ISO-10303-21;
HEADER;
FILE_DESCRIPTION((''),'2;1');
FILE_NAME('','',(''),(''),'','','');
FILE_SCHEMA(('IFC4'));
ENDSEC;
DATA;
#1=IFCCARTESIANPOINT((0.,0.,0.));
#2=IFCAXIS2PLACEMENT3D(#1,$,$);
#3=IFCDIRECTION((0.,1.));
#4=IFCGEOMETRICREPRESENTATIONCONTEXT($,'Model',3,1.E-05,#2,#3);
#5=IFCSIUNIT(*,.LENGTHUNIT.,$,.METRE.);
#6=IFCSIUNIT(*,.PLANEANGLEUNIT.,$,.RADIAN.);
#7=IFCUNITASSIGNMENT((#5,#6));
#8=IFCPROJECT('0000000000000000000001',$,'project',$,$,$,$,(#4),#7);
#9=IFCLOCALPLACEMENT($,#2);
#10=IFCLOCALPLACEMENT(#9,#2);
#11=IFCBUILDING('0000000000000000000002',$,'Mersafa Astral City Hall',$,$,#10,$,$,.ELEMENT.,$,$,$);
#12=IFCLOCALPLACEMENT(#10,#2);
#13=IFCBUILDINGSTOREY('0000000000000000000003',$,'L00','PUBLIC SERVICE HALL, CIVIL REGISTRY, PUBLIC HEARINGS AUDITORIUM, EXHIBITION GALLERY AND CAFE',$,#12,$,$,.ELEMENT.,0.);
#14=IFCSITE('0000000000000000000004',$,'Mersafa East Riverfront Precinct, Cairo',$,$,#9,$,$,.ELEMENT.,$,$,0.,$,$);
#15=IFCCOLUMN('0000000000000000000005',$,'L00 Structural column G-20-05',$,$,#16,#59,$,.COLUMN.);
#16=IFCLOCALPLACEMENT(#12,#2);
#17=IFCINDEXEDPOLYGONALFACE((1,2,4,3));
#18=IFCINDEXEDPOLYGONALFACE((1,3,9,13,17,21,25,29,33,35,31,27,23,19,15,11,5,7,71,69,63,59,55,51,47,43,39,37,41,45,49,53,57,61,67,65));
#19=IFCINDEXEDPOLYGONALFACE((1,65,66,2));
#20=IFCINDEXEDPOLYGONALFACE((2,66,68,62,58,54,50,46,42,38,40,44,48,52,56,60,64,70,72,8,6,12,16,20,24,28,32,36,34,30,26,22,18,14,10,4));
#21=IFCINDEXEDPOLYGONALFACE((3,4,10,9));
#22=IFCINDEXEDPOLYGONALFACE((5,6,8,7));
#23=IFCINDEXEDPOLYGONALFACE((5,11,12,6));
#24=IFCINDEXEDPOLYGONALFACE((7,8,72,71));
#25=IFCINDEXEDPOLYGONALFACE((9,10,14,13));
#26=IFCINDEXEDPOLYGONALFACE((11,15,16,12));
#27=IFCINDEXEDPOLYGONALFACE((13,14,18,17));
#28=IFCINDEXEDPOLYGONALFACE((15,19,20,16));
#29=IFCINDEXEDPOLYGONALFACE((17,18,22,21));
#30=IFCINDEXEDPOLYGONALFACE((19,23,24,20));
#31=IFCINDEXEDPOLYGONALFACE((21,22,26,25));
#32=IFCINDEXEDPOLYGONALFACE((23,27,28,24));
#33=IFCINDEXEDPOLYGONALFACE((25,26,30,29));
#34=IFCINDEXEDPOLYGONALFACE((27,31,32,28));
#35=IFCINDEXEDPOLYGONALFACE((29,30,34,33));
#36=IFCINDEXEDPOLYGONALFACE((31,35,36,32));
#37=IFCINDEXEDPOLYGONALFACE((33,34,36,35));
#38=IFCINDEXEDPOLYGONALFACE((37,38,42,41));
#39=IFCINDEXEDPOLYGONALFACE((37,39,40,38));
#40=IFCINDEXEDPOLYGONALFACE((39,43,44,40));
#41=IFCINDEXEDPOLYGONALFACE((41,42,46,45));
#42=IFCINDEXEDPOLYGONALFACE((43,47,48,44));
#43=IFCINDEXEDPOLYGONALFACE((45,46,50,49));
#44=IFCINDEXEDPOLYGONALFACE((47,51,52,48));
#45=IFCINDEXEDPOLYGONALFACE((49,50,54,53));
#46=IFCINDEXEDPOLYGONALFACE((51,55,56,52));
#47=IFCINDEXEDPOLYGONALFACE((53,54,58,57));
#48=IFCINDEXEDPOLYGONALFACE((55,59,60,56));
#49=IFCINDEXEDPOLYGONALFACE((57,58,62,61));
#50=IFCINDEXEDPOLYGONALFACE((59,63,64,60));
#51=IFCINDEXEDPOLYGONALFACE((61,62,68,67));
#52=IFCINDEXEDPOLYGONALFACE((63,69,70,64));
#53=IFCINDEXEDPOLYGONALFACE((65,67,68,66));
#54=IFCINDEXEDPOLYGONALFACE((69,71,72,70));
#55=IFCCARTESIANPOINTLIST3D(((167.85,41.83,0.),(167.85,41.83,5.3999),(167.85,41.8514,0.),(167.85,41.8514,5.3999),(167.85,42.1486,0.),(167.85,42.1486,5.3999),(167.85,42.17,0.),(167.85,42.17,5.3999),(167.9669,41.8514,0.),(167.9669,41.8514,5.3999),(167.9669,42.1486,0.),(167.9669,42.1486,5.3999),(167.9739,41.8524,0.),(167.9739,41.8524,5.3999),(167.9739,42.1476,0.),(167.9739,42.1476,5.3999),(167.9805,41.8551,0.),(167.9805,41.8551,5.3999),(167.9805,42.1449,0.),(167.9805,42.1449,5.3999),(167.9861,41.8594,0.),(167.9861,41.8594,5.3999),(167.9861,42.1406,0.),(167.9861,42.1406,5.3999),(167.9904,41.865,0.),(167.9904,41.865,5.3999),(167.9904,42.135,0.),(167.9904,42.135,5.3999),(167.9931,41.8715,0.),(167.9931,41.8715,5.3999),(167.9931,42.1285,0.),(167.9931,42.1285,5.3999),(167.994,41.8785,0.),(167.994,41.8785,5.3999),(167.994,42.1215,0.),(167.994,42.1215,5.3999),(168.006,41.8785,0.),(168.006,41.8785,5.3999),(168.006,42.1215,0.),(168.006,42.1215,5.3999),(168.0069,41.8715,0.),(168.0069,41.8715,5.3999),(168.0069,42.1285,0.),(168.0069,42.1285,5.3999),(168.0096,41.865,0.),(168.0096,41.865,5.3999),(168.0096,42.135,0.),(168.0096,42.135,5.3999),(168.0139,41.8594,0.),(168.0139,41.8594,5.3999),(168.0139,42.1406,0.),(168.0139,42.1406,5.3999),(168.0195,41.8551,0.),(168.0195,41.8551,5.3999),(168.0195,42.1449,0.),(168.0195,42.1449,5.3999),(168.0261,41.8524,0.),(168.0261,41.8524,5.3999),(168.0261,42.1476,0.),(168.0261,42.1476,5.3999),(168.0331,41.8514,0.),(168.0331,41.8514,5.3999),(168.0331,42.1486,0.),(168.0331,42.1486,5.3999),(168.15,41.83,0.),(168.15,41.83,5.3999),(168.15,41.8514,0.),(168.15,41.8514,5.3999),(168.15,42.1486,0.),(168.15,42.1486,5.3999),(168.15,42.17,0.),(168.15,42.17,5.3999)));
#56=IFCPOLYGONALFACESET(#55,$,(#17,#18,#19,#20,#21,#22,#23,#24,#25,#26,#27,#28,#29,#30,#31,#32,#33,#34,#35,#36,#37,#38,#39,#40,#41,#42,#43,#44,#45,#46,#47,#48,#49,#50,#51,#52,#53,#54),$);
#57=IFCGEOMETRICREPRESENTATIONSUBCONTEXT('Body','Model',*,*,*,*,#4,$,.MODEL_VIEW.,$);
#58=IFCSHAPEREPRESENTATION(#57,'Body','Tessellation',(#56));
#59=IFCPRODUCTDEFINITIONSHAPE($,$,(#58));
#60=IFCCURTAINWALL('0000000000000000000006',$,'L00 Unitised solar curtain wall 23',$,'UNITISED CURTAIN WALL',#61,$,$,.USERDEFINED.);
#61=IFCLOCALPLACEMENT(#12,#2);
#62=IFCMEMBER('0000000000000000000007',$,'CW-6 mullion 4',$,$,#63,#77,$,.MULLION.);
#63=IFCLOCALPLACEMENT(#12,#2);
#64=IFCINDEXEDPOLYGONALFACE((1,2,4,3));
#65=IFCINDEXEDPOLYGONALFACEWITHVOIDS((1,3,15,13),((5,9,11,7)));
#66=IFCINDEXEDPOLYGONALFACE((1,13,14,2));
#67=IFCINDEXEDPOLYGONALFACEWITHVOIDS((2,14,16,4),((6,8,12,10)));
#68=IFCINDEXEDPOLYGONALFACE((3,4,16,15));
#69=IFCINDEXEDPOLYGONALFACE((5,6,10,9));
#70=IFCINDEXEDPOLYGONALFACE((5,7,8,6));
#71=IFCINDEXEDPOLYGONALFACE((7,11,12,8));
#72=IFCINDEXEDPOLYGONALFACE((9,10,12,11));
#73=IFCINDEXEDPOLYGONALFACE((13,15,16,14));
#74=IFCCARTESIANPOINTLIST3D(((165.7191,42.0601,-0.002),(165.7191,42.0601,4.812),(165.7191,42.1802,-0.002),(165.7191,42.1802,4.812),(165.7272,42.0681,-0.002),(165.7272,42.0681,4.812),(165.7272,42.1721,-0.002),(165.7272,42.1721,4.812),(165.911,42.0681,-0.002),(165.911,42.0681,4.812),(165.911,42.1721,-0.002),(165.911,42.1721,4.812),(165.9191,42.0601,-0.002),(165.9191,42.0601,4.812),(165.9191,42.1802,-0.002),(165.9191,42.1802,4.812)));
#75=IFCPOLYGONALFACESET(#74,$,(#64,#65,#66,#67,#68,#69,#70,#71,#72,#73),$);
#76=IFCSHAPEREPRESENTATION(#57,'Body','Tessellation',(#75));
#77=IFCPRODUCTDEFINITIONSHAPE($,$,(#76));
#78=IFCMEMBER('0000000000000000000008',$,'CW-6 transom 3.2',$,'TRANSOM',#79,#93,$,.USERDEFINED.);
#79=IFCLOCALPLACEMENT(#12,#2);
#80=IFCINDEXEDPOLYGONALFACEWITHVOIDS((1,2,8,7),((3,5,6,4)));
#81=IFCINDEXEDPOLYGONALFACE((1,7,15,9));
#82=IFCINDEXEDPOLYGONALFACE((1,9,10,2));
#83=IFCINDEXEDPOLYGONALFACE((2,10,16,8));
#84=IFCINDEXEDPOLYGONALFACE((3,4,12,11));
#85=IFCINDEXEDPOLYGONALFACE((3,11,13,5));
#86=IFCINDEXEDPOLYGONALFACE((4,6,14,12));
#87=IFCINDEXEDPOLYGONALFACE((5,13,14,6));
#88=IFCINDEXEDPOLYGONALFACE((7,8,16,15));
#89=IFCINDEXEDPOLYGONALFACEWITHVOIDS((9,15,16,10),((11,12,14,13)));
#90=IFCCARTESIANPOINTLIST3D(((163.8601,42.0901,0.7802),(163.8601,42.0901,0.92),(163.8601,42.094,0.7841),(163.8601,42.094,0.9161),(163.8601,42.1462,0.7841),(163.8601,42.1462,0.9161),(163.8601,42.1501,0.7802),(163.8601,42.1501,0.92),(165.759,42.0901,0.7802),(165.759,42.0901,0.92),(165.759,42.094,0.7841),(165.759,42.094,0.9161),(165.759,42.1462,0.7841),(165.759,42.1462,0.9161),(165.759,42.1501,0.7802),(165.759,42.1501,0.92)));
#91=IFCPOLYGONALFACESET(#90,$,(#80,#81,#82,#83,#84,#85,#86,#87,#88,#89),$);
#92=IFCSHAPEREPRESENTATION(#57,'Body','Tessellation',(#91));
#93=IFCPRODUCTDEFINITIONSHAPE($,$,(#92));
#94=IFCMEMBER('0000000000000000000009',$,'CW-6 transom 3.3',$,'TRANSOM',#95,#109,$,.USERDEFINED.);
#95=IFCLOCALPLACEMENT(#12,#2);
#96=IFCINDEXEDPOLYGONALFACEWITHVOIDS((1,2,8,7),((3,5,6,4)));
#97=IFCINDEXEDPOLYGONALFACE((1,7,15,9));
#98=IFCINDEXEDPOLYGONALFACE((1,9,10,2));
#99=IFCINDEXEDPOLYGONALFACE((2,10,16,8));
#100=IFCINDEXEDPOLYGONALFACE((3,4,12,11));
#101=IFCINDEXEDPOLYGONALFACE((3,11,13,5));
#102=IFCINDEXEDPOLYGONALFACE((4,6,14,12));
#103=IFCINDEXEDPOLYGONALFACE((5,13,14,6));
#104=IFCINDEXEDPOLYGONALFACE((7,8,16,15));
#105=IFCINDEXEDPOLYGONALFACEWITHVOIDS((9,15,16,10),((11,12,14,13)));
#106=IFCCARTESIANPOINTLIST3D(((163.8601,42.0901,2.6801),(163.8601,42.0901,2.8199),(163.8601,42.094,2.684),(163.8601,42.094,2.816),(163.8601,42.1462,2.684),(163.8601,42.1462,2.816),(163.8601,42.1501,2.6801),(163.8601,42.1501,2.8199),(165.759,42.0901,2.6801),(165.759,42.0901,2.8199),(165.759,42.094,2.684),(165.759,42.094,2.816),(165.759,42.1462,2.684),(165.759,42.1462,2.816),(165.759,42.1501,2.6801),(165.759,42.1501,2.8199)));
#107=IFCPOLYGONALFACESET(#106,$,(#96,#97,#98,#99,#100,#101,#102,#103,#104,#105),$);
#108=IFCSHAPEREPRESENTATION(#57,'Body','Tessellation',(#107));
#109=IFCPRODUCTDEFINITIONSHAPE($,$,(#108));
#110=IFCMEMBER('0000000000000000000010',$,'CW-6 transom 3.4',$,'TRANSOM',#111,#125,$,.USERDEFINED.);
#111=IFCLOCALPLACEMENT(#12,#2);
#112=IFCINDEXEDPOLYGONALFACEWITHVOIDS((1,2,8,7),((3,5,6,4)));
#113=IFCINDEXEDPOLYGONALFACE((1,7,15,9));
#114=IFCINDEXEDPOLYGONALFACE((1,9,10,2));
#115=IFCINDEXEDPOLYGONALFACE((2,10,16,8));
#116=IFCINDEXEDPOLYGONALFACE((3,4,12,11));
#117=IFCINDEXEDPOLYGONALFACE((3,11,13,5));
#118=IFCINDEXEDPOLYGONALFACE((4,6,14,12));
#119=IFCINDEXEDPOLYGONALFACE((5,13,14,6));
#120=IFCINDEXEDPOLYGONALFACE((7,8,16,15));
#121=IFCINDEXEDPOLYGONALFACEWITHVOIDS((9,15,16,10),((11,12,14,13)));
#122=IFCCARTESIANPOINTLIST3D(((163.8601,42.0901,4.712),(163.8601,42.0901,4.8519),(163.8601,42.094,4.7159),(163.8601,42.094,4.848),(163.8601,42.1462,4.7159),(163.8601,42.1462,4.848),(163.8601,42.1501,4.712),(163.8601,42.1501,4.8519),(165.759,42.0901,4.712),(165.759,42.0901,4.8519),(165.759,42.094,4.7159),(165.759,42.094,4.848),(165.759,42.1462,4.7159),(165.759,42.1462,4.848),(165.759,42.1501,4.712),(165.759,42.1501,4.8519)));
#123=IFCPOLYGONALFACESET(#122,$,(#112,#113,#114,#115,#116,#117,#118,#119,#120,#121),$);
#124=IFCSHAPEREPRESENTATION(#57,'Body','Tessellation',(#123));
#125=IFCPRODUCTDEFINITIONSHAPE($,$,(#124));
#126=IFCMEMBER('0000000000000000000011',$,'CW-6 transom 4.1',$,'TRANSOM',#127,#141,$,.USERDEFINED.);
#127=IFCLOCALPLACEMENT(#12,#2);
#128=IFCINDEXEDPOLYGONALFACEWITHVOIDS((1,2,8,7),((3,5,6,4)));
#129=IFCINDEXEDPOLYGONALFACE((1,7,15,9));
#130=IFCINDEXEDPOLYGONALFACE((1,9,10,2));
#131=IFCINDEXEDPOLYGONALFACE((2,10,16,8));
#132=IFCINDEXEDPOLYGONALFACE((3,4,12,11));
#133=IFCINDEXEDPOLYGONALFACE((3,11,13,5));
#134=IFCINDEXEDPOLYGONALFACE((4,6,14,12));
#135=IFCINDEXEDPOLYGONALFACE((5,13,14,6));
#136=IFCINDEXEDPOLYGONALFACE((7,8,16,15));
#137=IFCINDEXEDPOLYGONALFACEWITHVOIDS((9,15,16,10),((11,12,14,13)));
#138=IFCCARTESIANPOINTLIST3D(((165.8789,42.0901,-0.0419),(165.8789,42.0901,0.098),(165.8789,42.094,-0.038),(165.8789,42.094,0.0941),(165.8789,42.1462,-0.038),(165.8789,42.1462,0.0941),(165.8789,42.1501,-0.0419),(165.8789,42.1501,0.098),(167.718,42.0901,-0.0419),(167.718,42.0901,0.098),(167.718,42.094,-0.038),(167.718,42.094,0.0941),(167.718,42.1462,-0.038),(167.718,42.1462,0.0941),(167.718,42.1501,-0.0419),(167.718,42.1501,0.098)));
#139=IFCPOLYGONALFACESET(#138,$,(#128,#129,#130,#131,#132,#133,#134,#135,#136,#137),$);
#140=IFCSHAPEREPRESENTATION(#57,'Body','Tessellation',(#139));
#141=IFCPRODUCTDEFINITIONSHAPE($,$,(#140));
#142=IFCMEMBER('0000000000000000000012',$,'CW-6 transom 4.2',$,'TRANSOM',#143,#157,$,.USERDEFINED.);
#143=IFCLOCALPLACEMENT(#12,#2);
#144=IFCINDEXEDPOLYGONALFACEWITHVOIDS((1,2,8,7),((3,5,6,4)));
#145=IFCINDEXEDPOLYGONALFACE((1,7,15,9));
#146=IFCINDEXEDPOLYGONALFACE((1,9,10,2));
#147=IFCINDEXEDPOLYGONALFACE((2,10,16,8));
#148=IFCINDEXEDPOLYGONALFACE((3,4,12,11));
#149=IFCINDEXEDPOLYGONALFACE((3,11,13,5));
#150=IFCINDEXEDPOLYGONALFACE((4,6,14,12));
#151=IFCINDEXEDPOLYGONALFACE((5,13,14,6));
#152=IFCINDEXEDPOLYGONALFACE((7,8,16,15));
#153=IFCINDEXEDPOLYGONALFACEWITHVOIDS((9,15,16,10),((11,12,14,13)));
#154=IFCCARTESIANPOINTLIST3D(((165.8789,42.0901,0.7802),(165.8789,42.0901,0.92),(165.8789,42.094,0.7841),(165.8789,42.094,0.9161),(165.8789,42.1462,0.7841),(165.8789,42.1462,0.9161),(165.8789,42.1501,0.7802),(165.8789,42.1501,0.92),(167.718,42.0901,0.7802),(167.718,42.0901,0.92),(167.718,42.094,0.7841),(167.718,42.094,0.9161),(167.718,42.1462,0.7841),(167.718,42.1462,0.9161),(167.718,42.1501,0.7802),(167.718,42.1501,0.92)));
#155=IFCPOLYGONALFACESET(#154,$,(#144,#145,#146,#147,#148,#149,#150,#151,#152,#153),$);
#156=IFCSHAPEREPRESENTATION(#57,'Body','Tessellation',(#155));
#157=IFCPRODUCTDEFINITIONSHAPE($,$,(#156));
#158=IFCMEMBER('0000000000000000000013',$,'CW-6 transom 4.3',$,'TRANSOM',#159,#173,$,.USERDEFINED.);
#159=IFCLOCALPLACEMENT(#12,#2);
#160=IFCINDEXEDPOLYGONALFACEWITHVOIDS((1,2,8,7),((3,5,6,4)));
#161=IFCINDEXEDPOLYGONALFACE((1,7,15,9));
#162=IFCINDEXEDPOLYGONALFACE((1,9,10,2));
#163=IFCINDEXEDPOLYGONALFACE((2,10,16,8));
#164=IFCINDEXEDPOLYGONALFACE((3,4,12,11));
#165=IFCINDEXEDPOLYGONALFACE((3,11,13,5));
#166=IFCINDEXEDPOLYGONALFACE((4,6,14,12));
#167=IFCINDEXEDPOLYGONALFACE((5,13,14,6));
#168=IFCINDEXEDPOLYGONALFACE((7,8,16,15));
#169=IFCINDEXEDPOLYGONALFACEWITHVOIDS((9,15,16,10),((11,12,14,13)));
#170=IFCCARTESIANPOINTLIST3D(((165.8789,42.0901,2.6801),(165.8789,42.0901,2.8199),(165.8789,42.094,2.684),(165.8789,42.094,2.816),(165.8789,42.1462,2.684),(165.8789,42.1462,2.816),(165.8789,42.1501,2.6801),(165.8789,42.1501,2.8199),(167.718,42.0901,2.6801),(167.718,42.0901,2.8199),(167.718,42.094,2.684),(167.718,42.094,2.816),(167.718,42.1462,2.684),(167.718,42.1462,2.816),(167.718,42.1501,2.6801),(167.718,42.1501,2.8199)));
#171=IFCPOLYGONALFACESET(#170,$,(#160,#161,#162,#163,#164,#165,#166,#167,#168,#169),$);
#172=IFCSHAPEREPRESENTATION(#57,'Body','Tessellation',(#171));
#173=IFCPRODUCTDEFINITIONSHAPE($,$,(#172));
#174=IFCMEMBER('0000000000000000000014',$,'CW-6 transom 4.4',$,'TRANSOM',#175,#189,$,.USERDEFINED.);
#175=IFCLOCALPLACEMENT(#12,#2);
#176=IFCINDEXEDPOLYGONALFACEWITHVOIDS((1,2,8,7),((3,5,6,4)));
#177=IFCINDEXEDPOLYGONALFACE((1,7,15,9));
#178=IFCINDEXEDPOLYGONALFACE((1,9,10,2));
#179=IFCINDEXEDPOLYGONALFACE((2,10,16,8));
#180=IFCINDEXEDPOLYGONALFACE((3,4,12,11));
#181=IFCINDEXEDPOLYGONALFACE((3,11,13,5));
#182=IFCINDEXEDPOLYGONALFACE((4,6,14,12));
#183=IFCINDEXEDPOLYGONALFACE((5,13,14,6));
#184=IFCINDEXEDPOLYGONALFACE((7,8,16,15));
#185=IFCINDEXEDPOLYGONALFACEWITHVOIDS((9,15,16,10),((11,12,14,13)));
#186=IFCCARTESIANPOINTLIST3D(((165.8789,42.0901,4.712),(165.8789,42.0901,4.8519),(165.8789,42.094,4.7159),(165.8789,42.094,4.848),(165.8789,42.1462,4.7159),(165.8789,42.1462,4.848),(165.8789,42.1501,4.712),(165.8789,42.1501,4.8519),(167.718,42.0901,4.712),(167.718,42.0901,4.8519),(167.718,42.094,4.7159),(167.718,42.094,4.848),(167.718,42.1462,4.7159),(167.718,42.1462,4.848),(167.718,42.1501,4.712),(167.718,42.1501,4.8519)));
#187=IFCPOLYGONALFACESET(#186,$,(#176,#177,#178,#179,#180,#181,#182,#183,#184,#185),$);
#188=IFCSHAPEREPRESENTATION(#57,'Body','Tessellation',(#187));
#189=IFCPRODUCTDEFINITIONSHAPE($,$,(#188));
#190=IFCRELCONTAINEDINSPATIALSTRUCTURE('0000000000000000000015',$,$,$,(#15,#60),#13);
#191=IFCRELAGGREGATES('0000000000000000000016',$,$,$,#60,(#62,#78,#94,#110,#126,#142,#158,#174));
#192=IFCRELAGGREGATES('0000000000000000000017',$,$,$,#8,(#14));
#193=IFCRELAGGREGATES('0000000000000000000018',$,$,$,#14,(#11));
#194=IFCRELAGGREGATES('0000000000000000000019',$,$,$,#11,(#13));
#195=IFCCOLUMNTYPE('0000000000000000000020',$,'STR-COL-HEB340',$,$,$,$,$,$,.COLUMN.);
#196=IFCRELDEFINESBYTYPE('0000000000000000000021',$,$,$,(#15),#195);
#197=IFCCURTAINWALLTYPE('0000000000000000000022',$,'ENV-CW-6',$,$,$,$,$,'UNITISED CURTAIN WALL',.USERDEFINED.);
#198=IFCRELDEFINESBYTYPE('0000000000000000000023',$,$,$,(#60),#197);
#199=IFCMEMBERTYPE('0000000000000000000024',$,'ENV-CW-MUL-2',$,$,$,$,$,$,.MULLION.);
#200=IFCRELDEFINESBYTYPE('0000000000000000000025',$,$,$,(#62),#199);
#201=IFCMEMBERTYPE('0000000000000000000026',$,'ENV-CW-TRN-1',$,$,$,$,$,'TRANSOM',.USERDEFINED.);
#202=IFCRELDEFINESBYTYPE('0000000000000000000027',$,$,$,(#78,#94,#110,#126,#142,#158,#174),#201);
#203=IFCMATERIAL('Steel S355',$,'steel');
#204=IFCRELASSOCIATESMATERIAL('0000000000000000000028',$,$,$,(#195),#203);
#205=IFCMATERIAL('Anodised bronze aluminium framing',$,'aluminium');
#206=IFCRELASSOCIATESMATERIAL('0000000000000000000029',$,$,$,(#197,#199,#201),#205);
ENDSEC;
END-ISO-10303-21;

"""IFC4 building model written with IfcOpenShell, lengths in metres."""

from ifc_helpers import new_model, si_unit, direction, frame, origin, origin_2d, place, context, subcontext, project, spatial, hollow_rectangle, i_section, extrude, material, material_profile, profile_set, type_object, element, aggregate, save


model = new_model("IFC4")

# Units and contexts
model_context = context("Model", 3, precision=1e-05, world=origin(), true_north=direction((0.0, 1.0)))
body_context = subcontext(model_context, "Body", "Model", "MODEL_VIEW")
ifc_project = project(units=[si_unit("LENGTHUNIT", "METRE"), si_unit("PLANEANGLEUNIT", "RADIAN")], contexts=[model_context])

# Site, building, storey
site_placement = place(None, origin())
site = spatial("IfcSite", under=ifc_project, at=site_placement, Name="Mersafa East Riverfront Precinct, Cairo", CompositionType="ELEMENT", RefElevation=0.0)
building_placement = place(site_placement, origin())
building = spatial("IfcBuilding", under=site, at=building_placement, Name="Mersafa Astral City Hall", CompositionType="ELEMENT")
storey_placement = place(building_placement, origin())
storey = spatial("IfcBuildingStorey", under=building, at=storey_placement, Name="L00", Description="PUBLIC SERVICE HALL, CIVIL REGISTRY, PUBLIC HEARINGS AUDITORIUM, EXHIBITION GALLERY AND CAFE", CompositionType="ELEMENT", Elevation=0.0)

# Column
ifc_material_1 = material(Name="Steel S355", Category="steel")
ifc_material_profile_1 = material_profile(ifc_material_1, i_section(OverallWidth=0.3, OverallDepth=0.3401, WebThickness=0.012, FlangeThickness=0.0215, FilletRadius=0.0271, at=origin_2d()), Name="HEB 340")
ifc_profile_set_1 = profile_set([ifc_material_profile_1], Name="Steel S355")
column_type = type_object("IfcColumnType", Name="STR-COL-HEB340", PredefinedType="COLUMN", material=ifc_profile_set_1)
column_placement = place(storey_placement, frame((168.0, 42.0, 0.0), z_axis=(0.0, 0.0, 1.0), x_axis=(1.0, 0.0, 0.0)))
element("IfcColumn", 1, at=column_placement, inside=storey, type_object=column_type, Name="L00 Structural column G-20-05", PredefinedType="COLUMN", context=body_context, shape_type="SweptSolid", body=[
    extrude(i_section(OverallWidth=0.3, OverallDepth=0.3401, WebThickness=0.012, FlangeThickness=0.0215, FilletRadius=0.0271, at=origin_2d()), origin(), (0.0, 0.0, 1.0), 5.3999),
])

# Curtain wall, members
ifc_material_2 = material(Name="Anodised bronze aluminium framing", Category="aluminium")
curtain_wall_type = type_object("IfcCurtainWallType", Name="ENV-CW-6", ElementType="UNITISED CURTAIN WALL", PredefinedType="USERDEFINED", material=ifc_material_2)
curtain_wall_placement = place(storey_placement, origin())
curtain_wall = element("IfcCurtainWall", 2, at=curtain_wall_placement, inside=storey, type_object=curtain_wall_type, Name="L00 Unitised solar curtain wall 23", ObjectType="UNITISED CURTAIN WALL", PredefinedType="USERDEFINED")
ifc_material_profile_2 = material_profile(ifc_material_2, hollow_rectangle(XDim=0.1201, YDim=0.2, WallThickness=0.0081, at=origin_2d()), Name="RHS 120x200x8")
ifc_profile_set_2 = profile_set([ifc_material_profile_2], Name="Anodised bronze aluminium framing")
member_type_1 = type_object("IfcMemberType", Name="ENV-CW-MUL-2", PredefinedType="MULLION", material=ifc_profile_set_2)
member_1_placement = place(storey_placement, frame((165.8191, 42.1201, -0.002), z_axis=(0.0, 0.0, 1.0), x_axis=(0.0, 1.0, 0.0)))
member_1 = element("IfcMember", 3, at=member_1_placement, type_object=member_type_1, Name="CW-6 mullion 4", PredefinedType="MULLION", context=body_context, shape_type="SweptSolid", body=[
    extrude(hollow_rectangle(XDim=0.1201, YDim=0.2, WallThickness=0.0081, at=origin_2d()), origin(), (0.0, 0.0, 1.0), 4.814),
])
ifc_material_profile_3 = material_profile(ifc_material_2, hollow_rectangle(XDim=0.0601, YDim=0.1399, WallThickness=0.0039, at=origin_2d()), Name="RHS 60x140x4")
ifc_profile_set_3 = profile_set([ifc_material_profile_3], Name="Anodised bronze aluminium framing")
member_type_2 = type_object("IfcMemberType", Name="ENV-CW-TRN-1", ElementType="TRANSOM", PredefinedType="USERDEFINED", material=ifc_profile_set_3)
member_2_placement = place(storey_placement, frame((163.8601, 42.1201, 0.8501), z_axis=(1.0, 0.0, 0.0), x_axis=(0.0, 1.0, 0.0)))
member_2 = element("IfcMember", 4, at=member_2_placement, type_object=member_type_2, Name="CW-6 transom 3.2", ObjectType="TRANSOM", PredefinedType="USERDEFINED", context=body_context, shape_type="SweptSolid", body=[
    extrude(hollow_rectangle(XDim=0.0601, YDim=0.1399, WallThickness=0.0039, at=origin_2d()), origin(), (0.0, 0.0, 1.0), 1.8989),
])
member_3_placement = place(storey_placement, frame((163.8601, 42.1201, 2.75), z_axis=(1.0, 0.0, 0.0), x_axis=(0.0, 1.0, 0.0)))
member_3 = element("IfcMember", 5, at=member_3_placement, type_object=member_type_2, Name="CW-6 transom 3.3", ObjectType="TRANSOM", PredefinedType="USERDEFINED", context=body_context, shape_type="SweptSolid", body=[
    extrude(hollow_rectangle(XDim=0.0601, YDim=0.1399, WallThickness=0.0039, at=origin_2d()), origin(), (0.0, 0.0, 1.0), 1.8989),
])
member_4_placement = place(storey_placement, frame((163.8601, 42.1201, 4.782), z_axis=(1.0, 0.0, 0.0), x_axis=(0.0, 1.0, 0.0)))
member_4 = element("IfcMember", 6, at=member_4_placement, type_object=member_type_2, Name="CW-6 transom 3.4", ObjectType="TRANSOM", PredefinedType="USERDEFINED", context=body_context, shape_type="SweptSolid", body=[
    extrude(hollow_rectangle(XDim=0.0601, YDim=0.1399, WallThickness=0.0039, at=origin_2d()), origin(), (0.0, 0.0, 1.0), 1.8989),
])
member_5_placement = place(storey_placement, frame((165.8789, 42.1201, 0.0281), z_axis=(1.0, 0.0, 0.0), x_axis=(0.0, 1.0, 0.0)))
member_5 = element("IfcMember", 7, at=member_5_placement, type_object=member_type_2, Name="CW-6 transom 4.1", ObjectType="TRANSOM", PredefinedType="USERDEFINED", context=body_context, shape_type="SweptSolid", body=[
    extrude(hollow_rectangle(XDim=0.0601, YDim=0.1399, WallThickness=0.0039, at=origin_2d()), origin(), (0.0, 0.0, 1.0), 1.8391),
])
member_6_placement = place(storey_placement, frame((165.8789, 42.1201, 0.8501), z_axis=(1.0, 0.0, 0.0), x_axis=(0.0, 1.0, 0.0)))
member_6 = element("IfcMember", 8, at=member_6_placement, type_object=member_type_2, Name="CW-6 transom 4.2", ObjectType="TRANSOM", PredefinedType="USERDEFINED", context=body_context, shape_type="SweptSolid", body=[
    extrude(hollow_rectangle(XDim=0.0601, YDim=0.1399, WallThickness=0.0039, at=origin_2d()), origin(), (0.0, 0.0, 1.0), 1.8391),
])
member_7_placement = place(storey_placement, frame((165.8789, 42.1201, 2.75), z_axis=(1.0, 0.0, 0.0), x_axis=(0.0, 1.0, 0.0)))
member_7 = element("IfcMember", 9, at=member_7_placement, type_object=member_type_2, Name="CW-6 transom 4.3", ObjectType="TRANSOM", PredefinedType="USERDEFINED", context=body_context, shape_type="SweptSolid", body=[
    extrude(hollow_rectangle(XDim=0.0601, YDim=0.1399, WallThickness=0.0039, at=origin_2d()), origin(), (0.0, 0.0, 1.0), 1.8391),
])
member_8_placement = place(storey_placement, frame((165.8789, 42.1201, 4.782), z_axis=(1.0, 0.0, 0.0), x_axis=(0.0, 1.0, 0.0)))
member_8 = element("IfcMember", 10, at=member_8_placement, type_object=member_type_2, Name="CW-6 transom 4.4", ObjectType="TRANSOM", PredefinedType="USERDEFINED", context=body_context, shape_type="SweptSolid", body=[
    extrude(hollow_rectangle(XDim=0.0601, YDim=0.1399, WallThickness=0.0039, at=origin_2d()), origin(), (0.0, 0.0, 1.0), 1.8391),
])

aggregate(curtain_wall, [member_1, member_2, member_3, member_4, member_5, member_6, member_7, member_8])

save(model, "model.ifc")
